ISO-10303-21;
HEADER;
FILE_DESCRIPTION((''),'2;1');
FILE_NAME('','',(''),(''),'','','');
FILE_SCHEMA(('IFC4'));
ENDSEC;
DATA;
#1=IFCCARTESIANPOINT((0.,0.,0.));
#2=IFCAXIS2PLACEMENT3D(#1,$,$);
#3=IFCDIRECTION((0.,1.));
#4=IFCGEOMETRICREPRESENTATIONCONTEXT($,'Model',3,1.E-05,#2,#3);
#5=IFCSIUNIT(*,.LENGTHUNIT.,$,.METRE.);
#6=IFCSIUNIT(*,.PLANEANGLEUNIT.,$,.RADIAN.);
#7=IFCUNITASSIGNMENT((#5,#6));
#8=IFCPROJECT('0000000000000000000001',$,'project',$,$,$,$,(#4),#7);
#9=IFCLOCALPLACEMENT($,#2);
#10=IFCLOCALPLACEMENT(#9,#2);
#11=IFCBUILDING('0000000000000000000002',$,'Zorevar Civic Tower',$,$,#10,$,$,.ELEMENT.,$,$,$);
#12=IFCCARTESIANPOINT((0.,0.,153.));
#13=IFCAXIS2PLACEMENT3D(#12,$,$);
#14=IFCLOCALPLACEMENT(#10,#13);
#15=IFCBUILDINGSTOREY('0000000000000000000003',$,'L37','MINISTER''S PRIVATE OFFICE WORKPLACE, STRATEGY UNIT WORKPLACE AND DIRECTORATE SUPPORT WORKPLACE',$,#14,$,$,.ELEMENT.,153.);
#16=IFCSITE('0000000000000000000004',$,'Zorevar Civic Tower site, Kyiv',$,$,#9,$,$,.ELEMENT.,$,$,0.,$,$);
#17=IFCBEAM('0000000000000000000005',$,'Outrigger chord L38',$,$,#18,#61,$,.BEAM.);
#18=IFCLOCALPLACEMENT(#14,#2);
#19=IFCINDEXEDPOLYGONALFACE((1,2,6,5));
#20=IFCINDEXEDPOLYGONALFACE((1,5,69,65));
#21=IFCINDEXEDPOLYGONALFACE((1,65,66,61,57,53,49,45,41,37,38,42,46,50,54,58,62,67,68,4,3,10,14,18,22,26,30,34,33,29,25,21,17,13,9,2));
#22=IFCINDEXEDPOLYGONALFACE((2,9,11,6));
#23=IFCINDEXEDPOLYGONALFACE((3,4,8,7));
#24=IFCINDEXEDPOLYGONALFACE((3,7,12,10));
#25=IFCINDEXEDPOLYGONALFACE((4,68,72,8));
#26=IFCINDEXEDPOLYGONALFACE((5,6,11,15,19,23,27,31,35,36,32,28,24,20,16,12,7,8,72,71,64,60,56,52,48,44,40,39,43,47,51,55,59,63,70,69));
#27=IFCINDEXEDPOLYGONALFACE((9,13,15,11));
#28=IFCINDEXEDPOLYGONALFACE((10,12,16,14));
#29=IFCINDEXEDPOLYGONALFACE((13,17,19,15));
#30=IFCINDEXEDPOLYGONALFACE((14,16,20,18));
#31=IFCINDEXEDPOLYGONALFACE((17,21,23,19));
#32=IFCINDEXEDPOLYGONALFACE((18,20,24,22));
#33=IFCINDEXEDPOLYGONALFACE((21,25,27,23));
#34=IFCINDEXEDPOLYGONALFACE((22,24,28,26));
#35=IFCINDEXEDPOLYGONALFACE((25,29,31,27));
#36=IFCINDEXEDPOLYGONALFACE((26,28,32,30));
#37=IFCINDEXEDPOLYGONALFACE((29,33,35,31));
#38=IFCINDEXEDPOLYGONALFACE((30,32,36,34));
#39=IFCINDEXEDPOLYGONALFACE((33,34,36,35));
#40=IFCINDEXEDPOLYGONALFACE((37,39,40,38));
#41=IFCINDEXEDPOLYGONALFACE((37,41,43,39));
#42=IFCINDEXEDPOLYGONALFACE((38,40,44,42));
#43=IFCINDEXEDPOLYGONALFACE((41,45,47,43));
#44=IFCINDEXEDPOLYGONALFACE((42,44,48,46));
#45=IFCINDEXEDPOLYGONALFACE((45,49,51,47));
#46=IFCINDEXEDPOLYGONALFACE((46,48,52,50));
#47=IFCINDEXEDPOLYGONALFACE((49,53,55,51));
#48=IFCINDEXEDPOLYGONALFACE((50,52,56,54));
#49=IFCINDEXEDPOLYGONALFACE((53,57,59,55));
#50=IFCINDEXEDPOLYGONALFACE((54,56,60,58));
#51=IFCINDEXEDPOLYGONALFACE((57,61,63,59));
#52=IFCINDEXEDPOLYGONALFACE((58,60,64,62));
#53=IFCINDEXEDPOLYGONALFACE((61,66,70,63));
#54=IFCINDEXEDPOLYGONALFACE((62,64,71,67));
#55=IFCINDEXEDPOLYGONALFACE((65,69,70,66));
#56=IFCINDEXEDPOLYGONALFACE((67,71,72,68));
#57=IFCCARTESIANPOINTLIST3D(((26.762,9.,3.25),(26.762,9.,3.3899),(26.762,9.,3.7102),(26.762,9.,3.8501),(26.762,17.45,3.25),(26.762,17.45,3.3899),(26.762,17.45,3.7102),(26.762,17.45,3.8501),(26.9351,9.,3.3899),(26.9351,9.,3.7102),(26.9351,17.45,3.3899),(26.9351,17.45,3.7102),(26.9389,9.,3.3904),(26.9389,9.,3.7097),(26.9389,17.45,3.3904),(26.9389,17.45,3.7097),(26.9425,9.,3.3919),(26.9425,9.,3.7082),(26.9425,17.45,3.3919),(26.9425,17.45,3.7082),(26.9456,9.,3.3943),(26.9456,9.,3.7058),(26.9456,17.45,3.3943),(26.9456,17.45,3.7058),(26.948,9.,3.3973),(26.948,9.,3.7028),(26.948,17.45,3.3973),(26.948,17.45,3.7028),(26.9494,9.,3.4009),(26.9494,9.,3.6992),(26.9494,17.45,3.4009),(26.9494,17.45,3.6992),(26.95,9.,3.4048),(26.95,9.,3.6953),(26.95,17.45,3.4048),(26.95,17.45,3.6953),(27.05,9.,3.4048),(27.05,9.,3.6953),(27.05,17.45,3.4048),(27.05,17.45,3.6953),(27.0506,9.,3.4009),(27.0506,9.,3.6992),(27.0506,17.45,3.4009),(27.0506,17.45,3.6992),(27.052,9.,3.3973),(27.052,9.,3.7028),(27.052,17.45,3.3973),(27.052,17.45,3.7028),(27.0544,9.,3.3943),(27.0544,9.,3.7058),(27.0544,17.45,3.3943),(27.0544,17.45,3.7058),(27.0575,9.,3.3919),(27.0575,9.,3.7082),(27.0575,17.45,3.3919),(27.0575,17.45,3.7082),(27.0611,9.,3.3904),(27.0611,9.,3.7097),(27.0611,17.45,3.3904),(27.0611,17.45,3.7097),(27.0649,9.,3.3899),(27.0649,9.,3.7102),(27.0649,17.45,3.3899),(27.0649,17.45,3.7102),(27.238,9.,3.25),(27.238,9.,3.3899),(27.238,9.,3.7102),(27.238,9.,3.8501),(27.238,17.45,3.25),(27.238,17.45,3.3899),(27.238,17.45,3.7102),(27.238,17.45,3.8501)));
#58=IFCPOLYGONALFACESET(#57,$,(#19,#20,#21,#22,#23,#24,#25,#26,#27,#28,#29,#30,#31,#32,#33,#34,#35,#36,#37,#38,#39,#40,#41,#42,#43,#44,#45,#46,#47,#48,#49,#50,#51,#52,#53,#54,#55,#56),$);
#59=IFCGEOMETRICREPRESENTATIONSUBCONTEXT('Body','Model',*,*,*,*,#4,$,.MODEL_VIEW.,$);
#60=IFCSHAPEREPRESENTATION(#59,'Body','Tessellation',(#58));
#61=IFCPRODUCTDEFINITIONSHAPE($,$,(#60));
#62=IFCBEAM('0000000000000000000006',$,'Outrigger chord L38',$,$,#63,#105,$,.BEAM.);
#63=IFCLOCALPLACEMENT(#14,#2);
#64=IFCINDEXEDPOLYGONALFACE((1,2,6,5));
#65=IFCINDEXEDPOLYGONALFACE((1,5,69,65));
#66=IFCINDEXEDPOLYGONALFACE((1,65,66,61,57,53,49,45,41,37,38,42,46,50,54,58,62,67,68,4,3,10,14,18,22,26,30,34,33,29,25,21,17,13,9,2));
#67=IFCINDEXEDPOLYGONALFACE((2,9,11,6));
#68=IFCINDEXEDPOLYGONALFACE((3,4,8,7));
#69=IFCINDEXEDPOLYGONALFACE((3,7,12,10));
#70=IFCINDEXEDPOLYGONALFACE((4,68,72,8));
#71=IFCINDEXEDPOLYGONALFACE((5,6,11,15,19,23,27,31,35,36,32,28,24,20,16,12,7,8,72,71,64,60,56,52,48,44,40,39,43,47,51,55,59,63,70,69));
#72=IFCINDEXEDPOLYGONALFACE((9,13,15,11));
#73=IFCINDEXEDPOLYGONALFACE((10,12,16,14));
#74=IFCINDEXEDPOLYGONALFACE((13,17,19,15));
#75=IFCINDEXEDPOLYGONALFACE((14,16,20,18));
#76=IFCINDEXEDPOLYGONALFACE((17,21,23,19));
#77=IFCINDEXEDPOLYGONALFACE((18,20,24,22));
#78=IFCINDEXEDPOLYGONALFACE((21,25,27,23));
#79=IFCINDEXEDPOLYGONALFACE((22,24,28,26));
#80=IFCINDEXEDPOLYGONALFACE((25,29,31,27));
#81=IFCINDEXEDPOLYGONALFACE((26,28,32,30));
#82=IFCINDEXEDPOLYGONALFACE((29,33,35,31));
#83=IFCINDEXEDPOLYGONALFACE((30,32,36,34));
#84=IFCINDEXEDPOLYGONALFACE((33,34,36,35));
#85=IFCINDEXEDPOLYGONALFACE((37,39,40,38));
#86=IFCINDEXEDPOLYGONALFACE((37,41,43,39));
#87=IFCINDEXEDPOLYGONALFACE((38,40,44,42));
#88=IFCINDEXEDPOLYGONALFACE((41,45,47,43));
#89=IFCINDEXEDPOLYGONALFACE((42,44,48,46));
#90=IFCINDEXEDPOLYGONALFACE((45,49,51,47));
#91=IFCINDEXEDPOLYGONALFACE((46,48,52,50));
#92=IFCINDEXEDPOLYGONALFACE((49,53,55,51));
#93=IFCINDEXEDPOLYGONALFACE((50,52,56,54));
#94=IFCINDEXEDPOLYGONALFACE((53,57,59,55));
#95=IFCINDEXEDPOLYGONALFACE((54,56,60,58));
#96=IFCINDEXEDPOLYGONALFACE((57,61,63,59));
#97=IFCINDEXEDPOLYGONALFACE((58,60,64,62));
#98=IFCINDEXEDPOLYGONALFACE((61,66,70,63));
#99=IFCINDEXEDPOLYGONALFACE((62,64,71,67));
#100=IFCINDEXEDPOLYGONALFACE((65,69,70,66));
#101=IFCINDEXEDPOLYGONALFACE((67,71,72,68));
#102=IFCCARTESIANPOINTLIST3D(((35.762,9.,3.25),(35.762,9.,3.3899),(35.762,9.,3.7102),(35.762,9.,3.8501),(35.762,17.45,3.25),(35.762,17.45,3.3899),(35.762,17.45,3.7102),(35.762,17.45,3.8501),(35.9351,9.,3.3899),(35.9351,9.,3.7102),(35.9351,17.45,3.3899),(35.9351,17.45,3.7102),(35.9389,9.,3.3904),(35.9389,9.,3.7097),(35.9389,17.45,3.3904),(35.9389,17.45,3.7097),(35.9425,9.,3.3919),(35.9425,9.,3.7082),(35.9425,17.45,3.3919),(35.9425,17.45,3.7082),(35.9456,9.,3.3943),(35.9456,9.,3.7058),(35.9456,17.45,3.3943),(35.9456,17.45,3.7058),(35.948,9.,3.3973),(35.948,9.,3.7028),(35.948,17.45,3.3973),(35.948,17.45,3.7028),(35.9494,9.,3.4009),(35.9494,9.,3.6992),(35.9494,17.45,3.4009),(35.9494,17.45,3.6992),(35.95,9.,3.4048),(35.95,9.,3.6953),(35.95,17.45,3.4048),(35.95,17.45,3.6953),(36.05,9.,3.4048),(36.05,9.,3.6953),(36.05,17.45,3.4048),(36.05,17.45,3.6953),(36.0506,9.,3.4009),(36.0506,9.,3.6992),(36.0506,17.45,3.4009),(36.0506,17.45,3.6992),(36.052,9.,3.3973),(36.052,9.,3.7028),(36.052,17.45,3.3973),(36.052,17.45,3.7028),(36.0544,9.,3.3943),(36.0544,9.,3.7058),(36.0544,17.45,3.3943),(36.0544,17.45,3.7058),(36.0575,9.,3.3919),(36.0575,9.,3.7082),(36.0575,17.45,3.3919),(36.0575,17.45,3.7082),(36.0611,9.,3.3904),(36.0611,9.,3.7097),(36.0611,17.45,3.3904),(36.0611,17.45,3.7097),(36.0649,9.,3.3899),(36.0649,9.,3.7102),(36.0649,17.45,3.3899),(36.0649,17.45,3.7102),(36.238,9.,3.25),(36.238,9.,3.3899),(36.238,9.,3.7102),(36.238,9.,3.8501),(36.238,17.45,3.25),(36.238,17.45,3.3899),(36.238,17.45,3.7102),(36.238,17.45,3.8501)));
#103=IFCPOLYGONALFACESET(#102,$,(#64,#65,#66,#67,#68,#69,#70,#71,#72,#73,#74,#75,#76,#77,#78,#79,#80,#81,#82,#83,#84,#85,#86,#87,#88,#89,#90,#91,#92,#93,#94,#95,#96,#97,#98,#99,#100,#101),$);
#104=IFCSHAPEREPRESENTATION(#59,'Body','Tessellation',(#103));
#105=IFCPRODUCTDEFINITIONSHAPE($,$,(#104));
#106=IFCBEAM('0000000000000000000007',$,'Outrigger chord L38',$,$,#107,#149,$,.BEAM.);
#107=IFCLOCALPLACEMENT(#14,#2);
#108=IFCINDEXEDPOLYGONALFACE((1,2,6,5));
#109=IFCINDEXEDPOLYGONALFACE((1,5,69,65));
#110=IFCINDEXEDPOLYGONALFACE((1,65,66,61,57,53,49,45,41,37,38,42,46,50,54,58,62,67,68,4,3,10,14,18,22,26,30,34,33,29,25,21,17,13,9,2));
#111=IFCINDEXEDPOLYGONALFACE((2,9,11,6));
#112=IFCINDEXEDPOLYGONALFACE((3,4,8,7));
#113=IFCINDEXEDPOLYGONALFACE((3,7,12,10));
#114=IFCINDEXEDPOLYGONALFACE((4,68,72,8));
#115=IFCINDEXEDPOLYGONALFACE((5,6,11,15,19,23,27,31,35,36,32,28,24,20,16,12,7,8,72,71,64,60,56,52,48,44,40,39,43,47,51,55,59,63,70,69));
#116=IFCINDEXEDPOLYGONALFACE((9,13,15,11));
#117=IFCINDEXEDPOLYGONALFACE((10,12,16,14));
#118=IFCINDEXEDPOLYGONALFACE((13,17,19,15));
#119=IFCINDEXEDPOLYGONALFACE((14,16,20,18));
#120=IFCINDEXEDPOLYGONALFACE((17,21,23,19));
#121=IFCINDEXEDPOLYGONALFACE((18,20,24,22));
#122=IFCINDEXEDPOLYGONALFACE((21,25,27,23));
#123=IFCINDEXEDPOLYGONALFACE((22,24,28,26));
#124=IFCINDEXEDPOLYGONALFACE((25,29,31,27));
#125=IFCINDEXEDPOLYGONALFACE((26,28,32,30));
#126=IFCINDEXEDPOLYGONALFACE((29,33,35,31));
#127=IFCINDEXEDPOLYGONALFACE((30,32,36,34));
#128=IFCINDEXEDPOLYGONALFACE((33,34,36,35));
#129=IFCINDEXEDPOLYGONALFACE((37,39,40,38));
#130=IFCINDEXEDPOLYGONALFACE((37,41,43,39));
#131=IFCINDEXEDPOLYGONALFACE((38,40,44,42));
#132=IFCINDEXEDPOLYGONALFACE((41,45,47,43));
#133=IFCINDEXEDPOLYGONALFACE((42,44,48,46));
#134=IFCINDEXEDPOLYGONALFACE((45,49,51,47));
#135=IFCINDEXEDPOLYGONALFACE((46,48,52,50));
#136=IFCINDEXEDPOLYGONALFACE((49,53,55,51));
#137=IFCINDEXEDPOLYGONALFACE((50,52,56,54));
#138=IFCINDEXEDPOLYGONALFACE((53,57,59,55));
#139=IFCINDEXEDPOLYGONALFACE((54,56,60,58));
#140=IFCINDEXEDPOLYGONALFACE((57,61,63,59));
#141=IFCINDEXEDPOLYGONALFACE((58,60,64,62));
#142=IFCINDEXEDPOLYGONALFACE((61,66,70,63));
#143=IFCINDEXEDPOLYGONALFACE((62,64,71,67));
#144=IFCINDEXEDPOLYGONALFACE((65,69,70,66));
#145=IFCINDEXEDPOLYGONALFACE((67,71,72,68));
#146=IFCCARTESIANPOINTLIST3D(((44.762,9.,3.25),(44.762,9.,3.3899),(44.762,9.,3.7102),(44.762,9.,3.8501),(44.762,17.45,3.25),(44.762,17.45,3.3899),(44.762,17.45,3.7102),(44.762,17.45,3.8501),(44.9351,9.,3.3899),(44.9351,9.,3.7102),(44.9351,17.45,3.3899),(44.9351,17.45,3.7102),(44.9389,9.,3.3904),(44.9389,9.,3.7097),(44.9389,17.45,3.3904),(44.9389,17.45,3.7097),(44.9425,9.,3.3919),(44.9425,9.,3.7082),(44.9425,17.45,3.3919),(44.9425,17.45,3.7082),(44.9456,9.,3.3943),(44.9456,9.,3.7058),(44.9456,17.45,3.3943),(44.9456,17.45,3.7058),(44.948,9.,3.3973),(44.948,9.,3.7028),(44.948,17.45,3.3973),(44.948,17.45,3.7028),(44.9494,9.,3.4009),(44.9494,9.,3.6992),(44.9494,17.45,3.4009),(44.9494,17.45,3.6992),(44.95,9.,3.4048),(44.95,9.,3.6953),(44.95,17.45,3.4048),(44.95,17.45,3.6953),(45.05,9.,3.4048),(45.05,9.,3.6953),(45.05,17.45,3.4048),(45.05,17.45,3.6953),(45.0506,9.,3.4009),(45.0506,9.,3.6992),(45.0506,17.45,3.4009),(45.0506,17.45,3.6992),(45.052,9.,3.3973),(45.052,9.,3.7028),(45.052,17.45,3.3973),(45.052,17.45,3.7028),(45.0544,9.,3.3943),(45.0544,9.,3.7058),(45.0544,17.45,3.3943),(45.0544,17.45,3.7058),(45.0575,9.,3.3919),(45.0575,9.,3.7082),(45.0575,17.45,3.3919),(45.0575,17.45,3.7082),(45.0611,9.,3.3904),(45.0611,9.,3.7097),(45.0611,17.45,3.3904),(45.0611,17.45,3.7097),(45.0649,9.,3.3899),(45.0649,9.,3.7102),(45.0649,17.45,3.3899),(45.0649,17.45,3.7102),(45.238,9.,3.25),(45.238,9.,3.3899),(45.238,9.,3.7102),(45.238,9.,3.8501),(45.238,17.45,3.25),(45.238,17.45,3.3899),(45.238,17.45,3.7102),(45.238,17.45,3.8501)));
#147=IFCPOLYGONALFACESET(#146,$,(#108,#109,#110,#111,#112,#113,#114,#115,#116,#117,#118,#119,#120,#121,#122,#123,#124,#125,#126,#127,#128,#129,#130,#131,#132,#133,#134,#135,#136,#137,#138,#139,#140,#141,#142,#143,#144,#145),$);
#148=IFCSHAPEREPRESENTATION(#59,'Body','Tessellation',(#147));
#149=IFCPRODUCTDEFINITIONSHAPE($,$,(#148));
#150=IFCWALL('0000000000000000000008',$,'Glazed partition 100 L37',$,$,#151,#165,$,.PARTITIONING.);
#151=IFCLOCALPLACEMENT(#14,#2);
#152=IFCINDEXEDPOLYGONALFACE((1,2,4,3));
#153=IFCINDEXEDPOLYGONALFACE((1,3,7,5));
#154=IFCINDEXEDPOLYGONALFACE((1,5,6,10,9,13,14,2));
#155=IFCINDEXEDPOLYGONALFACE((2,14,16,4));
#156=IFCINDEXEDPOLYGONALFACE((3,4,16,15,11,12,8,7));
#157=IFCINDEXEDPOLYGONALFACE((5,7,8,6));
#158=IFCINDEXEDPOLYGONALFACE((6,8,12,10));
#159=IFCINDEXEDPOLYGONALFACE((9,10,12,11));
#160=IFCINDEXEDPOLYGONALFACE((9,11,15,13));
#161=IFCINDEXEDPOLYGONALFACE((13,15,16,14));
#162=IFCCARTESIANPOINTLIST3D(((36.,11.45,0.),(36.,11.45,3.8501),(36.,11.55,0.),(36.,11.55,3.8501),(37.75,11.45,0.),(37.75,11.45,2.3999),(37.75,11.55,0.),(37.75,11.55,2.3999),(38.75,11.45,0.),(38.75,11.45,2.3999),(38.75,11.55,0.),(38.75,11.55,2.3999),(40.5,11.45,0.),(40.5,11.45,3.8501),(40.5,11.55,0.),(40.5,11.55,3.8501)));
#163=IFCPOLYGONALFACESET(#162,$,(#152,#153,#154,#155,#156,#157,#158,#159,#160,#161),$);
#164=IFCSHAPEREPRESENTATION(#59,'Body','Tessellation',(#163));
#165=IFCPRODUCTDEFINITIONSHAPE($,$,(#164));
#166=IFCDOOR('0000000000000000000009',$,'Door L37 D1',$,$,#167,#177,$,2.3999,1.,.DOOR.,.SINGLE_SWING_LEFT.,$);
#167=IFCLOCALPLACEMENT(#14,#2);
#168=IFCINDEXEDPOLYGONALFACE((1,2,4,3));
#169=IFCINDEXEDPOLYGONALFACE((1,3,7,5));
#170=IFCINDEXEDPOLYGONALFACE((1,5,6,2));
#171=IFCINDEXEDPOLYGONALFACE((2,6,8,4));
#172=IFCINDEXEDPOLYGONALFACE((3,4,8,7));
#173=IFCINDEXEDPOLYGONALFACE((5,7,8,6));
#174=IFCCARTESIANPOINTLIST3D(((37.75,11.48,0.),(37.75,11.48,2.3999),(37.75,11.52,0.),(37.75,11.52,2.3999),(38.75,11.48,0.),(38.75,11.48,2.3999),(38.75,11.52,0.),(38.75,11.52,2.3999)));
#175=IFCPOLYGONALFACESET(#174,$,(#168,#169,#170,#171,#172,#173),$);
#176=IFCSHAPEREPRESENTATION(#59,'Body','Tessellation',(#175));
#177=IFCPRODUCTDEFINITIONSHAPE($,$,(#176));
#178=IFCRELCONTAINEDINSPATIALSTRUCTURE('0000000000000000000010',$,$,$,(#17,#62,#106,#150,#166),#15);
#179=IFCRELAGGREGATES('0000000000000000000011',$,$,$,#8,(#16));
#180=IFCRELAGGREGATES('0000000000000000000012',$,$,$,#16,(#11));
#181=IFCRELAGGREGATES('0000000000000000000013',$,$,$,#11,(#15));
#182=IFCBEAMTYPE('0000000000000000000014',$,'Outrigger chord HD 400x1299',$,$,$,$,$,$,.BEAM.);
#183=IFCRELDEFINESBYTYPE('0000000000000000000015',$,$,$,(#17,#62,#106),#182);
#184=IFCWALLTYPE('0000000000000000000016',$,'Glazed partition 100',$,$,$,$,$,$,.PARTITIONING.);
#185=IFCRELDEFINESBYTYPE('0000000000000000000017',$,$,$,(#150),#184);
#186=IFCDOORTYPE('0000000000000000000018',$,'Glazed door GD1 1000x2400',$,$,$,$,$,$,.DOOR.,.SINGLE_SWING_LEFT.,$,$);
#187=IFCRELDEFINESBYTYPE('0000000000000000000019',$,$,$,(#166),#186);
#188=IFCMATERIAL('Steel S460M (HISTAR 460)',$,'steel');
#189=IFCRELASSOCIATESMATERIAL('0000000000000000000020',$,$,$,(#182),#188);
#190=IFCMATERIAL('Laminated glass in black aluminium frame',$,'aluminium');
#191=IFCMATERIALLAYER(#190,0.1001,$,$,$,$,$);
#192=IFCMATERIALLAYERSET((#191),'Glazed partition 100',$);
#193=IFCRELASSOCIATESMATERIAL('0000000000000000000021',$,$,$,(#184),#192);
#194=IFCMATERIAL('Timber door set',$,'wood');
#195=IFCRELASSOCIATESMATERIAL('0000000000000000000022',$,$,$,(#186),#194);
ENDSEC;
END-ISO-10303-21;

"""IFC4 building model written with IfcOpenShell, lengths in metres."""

from ifc_helpers import new_model, si_unit, direction, frame, frame_2d, origin, origin_2d, place, context, subcontext, project, spatial, rectangle, i_section, extrude, material, layer, layer_set, material_profile, profile_set, type_object, element, fill, save


model = new_model("IFC4")

# Units and contexts
model_context = context("Model", 3, precision=1e-05, world=origin(), true_north=direction((0.0, 1.0)))
body_context = subcontext(model_context, "Body", "Model", "MODEL_VIEW")
ifc_project = project(units=[si_unit("LENGTHUNIT", "METRE"), si_unit("PLANEANGLEUNIT", "RADIAN")], contexts=[model_context])

# Site, building, storey
site_placement = place(None, origin())
site = spatial("IfcSite", under=ifc_project, at=site_placement, Name="Zorevar Civic Tower site, Kyiv", CompositionType="ELEMENT", RefElevation=0.0)
building_placement = place(site_placement, origin())
building = spatial("IfcBuilding", under=site, at=building_placement, Name="Zorevar Civic Tower", CompositionType="ELEMENT")
storey_placement = place(building_placement, frame((0.0, 0.0, 153.0)))
storey = spatial("IfcBuildingStorey", under=building, at=storey_placement, Name="L37", Description="MINISTER'S PRIVATE OFFICE WORKPLACE, STRATEGY UNIT WORKPLACE AND DIRECTORATE SUPPORT WORKPLACE", CompositionType="ELEMENT", Elevation=153.0)

# Beams
ifc_material_1 = material(Name="Steel S460M (HISTAR 460)", Category="steel")
ifc_material_profile_1 = material_profile(ifc_material_1, i_section(OverallWidth=0.4761, OverallDepth=0.6001, WebThickness=0.1001, FlangeThickness=0.1399, FilletRadius=0.0149, at=origin_2d()), Name="HD 400x1299")
ifc_profile_set_1 = profile_set([ifc_material_profile_1], Name="Steel S460M (HISTAR 460)")
beam_type_1 = type_object("IfcBeamType", Name="Outrigger chord HD 400x1299", PredefinedType="BEAM", material=ifc_profile_set_1)
for number, where, z_axis, x_axis, name in (
    (1, (27.0, 9.0, 3.55), (0.0, 1.0, 0.0), (-1.0, 0.0, 0.0), "Outrigger chord L38"),
    (2, (36.0, 9.0, 3.55), (0.0, 1.0, 0.0), (-1.0, 0.0, 0.0), "Outrigger chord L38"),
    (3, (45.0, 9.0, 3.55), (0.0, 1.0, 0.0), (-1.0, 0.0, 0.0), "Outrigger chord L38"),
):
    element("IfcBeam", number, at=place(storey_placement, frame(where, z_axis=z_axis, x_axis=x_axis)), inside=storey, type_object=beam_type_1, Name=name, PredefinedType="BEAM", context=body_context, shape_type="SweptSolid", body=[
        extrude(i_section(OverallWidth=0.4761, OverallDepth=0.6001, WebThickness=0.1001, FlangeThickness=0.1399, FilletRadius=0.0149, at=origin_2d()), origin(), (0.0, 0.0, 1.0), 8.45),
    ])

# Wall, opening, door
ifc_material_2 = material(Name="Laminated glass in black aluminium frame", Category="aluminium")
ifc_layer_1 = layer(ifc_material_2, 0.1001)
ifc_layer_set_1 = layer_set([ifc_layer_1], Name="Glazed partition 100")
wall_type_1 = type_object("IfcWallType", Name="Glazed partition 100", PredefinedType="PARTITIONING", material=ifc_layer_set_1)
wall_1_placement = place(storey_placement, frame((36.0, 11.5, 0.0), z_axis=(0.0, 0.0, 1.0), x_axis=(1.0, 0.0, 0.0)))
wall_1 = element("IfcWall", 4, at=wall_1_placement, inside=storey, type_object=wall_type_1, Name="Glazed partition 100 L37", PredefinedType="PARTITIONING", context=body_context, shape_type="SweptSolid", body=[
    extrude(rectangle(XDim=4.5, YDim=0.1001, at=frame_2d((2.25, 0.0))), origin(), (0.0, 0.0, 1.0), 3.8501),
])
opening_1_placement = place(wall_1_placement, frame((1.75, 0.0, 0.0)))
opening_1 = element("IfcOpeningElement", 5, at=opening_1_placement, cuts=wall_1, PredefinedType="OPENING", context=body_context, shape_type="SweptSolid", body=[
    extrude(rectangle(XDim=1.0, YDim=2.3999, at=frame_2d((0.5, 1.2))), frame((0.0, 0.0601, 0.0), z_axis=(0.0, -1.0, 0.0), x_axis=(1.0, 0.0, 0.0)), (0.0, 0.0, 1.0), 0.1201),
])
ifc_material_3 = material(Name="Timber door set", Category="wood")
door_type_1 = type_object("IfcDoorType", Name="Glazed door GD1 1000x2400", OperationType="SINGLE_SWING_LEFT", PredefinedType="DOOR", material=ifc_material_3)
door_1_placement = place(opening_1_placement, origin())
door_1 = element("IfcDoor", 6, at=door_1_placement, inside=storey, type_object=door_type_1, Name="Door L37 D1", OperationType="SINGLE_SWING_LEFT", OverallHeight=2.3999, OverallWidth=1.0, PredefinedType="DOOR", context=body_context, shape_type="SweptSolid", body=[
    extrude(rectangle(XDim=1.0, YDim=2.3999, at=frame_2d((0.5, 1.2))), frame((0.0, 0.02, 0.0), z_axis=(0.0, -1.0, 0.0), x_axis=(1.0, 0.0, 0.0)), (0.0, 0.0, 1.0), 0.04),
])
fill(opening_1, door_1)

save(model, "model.ifc")
